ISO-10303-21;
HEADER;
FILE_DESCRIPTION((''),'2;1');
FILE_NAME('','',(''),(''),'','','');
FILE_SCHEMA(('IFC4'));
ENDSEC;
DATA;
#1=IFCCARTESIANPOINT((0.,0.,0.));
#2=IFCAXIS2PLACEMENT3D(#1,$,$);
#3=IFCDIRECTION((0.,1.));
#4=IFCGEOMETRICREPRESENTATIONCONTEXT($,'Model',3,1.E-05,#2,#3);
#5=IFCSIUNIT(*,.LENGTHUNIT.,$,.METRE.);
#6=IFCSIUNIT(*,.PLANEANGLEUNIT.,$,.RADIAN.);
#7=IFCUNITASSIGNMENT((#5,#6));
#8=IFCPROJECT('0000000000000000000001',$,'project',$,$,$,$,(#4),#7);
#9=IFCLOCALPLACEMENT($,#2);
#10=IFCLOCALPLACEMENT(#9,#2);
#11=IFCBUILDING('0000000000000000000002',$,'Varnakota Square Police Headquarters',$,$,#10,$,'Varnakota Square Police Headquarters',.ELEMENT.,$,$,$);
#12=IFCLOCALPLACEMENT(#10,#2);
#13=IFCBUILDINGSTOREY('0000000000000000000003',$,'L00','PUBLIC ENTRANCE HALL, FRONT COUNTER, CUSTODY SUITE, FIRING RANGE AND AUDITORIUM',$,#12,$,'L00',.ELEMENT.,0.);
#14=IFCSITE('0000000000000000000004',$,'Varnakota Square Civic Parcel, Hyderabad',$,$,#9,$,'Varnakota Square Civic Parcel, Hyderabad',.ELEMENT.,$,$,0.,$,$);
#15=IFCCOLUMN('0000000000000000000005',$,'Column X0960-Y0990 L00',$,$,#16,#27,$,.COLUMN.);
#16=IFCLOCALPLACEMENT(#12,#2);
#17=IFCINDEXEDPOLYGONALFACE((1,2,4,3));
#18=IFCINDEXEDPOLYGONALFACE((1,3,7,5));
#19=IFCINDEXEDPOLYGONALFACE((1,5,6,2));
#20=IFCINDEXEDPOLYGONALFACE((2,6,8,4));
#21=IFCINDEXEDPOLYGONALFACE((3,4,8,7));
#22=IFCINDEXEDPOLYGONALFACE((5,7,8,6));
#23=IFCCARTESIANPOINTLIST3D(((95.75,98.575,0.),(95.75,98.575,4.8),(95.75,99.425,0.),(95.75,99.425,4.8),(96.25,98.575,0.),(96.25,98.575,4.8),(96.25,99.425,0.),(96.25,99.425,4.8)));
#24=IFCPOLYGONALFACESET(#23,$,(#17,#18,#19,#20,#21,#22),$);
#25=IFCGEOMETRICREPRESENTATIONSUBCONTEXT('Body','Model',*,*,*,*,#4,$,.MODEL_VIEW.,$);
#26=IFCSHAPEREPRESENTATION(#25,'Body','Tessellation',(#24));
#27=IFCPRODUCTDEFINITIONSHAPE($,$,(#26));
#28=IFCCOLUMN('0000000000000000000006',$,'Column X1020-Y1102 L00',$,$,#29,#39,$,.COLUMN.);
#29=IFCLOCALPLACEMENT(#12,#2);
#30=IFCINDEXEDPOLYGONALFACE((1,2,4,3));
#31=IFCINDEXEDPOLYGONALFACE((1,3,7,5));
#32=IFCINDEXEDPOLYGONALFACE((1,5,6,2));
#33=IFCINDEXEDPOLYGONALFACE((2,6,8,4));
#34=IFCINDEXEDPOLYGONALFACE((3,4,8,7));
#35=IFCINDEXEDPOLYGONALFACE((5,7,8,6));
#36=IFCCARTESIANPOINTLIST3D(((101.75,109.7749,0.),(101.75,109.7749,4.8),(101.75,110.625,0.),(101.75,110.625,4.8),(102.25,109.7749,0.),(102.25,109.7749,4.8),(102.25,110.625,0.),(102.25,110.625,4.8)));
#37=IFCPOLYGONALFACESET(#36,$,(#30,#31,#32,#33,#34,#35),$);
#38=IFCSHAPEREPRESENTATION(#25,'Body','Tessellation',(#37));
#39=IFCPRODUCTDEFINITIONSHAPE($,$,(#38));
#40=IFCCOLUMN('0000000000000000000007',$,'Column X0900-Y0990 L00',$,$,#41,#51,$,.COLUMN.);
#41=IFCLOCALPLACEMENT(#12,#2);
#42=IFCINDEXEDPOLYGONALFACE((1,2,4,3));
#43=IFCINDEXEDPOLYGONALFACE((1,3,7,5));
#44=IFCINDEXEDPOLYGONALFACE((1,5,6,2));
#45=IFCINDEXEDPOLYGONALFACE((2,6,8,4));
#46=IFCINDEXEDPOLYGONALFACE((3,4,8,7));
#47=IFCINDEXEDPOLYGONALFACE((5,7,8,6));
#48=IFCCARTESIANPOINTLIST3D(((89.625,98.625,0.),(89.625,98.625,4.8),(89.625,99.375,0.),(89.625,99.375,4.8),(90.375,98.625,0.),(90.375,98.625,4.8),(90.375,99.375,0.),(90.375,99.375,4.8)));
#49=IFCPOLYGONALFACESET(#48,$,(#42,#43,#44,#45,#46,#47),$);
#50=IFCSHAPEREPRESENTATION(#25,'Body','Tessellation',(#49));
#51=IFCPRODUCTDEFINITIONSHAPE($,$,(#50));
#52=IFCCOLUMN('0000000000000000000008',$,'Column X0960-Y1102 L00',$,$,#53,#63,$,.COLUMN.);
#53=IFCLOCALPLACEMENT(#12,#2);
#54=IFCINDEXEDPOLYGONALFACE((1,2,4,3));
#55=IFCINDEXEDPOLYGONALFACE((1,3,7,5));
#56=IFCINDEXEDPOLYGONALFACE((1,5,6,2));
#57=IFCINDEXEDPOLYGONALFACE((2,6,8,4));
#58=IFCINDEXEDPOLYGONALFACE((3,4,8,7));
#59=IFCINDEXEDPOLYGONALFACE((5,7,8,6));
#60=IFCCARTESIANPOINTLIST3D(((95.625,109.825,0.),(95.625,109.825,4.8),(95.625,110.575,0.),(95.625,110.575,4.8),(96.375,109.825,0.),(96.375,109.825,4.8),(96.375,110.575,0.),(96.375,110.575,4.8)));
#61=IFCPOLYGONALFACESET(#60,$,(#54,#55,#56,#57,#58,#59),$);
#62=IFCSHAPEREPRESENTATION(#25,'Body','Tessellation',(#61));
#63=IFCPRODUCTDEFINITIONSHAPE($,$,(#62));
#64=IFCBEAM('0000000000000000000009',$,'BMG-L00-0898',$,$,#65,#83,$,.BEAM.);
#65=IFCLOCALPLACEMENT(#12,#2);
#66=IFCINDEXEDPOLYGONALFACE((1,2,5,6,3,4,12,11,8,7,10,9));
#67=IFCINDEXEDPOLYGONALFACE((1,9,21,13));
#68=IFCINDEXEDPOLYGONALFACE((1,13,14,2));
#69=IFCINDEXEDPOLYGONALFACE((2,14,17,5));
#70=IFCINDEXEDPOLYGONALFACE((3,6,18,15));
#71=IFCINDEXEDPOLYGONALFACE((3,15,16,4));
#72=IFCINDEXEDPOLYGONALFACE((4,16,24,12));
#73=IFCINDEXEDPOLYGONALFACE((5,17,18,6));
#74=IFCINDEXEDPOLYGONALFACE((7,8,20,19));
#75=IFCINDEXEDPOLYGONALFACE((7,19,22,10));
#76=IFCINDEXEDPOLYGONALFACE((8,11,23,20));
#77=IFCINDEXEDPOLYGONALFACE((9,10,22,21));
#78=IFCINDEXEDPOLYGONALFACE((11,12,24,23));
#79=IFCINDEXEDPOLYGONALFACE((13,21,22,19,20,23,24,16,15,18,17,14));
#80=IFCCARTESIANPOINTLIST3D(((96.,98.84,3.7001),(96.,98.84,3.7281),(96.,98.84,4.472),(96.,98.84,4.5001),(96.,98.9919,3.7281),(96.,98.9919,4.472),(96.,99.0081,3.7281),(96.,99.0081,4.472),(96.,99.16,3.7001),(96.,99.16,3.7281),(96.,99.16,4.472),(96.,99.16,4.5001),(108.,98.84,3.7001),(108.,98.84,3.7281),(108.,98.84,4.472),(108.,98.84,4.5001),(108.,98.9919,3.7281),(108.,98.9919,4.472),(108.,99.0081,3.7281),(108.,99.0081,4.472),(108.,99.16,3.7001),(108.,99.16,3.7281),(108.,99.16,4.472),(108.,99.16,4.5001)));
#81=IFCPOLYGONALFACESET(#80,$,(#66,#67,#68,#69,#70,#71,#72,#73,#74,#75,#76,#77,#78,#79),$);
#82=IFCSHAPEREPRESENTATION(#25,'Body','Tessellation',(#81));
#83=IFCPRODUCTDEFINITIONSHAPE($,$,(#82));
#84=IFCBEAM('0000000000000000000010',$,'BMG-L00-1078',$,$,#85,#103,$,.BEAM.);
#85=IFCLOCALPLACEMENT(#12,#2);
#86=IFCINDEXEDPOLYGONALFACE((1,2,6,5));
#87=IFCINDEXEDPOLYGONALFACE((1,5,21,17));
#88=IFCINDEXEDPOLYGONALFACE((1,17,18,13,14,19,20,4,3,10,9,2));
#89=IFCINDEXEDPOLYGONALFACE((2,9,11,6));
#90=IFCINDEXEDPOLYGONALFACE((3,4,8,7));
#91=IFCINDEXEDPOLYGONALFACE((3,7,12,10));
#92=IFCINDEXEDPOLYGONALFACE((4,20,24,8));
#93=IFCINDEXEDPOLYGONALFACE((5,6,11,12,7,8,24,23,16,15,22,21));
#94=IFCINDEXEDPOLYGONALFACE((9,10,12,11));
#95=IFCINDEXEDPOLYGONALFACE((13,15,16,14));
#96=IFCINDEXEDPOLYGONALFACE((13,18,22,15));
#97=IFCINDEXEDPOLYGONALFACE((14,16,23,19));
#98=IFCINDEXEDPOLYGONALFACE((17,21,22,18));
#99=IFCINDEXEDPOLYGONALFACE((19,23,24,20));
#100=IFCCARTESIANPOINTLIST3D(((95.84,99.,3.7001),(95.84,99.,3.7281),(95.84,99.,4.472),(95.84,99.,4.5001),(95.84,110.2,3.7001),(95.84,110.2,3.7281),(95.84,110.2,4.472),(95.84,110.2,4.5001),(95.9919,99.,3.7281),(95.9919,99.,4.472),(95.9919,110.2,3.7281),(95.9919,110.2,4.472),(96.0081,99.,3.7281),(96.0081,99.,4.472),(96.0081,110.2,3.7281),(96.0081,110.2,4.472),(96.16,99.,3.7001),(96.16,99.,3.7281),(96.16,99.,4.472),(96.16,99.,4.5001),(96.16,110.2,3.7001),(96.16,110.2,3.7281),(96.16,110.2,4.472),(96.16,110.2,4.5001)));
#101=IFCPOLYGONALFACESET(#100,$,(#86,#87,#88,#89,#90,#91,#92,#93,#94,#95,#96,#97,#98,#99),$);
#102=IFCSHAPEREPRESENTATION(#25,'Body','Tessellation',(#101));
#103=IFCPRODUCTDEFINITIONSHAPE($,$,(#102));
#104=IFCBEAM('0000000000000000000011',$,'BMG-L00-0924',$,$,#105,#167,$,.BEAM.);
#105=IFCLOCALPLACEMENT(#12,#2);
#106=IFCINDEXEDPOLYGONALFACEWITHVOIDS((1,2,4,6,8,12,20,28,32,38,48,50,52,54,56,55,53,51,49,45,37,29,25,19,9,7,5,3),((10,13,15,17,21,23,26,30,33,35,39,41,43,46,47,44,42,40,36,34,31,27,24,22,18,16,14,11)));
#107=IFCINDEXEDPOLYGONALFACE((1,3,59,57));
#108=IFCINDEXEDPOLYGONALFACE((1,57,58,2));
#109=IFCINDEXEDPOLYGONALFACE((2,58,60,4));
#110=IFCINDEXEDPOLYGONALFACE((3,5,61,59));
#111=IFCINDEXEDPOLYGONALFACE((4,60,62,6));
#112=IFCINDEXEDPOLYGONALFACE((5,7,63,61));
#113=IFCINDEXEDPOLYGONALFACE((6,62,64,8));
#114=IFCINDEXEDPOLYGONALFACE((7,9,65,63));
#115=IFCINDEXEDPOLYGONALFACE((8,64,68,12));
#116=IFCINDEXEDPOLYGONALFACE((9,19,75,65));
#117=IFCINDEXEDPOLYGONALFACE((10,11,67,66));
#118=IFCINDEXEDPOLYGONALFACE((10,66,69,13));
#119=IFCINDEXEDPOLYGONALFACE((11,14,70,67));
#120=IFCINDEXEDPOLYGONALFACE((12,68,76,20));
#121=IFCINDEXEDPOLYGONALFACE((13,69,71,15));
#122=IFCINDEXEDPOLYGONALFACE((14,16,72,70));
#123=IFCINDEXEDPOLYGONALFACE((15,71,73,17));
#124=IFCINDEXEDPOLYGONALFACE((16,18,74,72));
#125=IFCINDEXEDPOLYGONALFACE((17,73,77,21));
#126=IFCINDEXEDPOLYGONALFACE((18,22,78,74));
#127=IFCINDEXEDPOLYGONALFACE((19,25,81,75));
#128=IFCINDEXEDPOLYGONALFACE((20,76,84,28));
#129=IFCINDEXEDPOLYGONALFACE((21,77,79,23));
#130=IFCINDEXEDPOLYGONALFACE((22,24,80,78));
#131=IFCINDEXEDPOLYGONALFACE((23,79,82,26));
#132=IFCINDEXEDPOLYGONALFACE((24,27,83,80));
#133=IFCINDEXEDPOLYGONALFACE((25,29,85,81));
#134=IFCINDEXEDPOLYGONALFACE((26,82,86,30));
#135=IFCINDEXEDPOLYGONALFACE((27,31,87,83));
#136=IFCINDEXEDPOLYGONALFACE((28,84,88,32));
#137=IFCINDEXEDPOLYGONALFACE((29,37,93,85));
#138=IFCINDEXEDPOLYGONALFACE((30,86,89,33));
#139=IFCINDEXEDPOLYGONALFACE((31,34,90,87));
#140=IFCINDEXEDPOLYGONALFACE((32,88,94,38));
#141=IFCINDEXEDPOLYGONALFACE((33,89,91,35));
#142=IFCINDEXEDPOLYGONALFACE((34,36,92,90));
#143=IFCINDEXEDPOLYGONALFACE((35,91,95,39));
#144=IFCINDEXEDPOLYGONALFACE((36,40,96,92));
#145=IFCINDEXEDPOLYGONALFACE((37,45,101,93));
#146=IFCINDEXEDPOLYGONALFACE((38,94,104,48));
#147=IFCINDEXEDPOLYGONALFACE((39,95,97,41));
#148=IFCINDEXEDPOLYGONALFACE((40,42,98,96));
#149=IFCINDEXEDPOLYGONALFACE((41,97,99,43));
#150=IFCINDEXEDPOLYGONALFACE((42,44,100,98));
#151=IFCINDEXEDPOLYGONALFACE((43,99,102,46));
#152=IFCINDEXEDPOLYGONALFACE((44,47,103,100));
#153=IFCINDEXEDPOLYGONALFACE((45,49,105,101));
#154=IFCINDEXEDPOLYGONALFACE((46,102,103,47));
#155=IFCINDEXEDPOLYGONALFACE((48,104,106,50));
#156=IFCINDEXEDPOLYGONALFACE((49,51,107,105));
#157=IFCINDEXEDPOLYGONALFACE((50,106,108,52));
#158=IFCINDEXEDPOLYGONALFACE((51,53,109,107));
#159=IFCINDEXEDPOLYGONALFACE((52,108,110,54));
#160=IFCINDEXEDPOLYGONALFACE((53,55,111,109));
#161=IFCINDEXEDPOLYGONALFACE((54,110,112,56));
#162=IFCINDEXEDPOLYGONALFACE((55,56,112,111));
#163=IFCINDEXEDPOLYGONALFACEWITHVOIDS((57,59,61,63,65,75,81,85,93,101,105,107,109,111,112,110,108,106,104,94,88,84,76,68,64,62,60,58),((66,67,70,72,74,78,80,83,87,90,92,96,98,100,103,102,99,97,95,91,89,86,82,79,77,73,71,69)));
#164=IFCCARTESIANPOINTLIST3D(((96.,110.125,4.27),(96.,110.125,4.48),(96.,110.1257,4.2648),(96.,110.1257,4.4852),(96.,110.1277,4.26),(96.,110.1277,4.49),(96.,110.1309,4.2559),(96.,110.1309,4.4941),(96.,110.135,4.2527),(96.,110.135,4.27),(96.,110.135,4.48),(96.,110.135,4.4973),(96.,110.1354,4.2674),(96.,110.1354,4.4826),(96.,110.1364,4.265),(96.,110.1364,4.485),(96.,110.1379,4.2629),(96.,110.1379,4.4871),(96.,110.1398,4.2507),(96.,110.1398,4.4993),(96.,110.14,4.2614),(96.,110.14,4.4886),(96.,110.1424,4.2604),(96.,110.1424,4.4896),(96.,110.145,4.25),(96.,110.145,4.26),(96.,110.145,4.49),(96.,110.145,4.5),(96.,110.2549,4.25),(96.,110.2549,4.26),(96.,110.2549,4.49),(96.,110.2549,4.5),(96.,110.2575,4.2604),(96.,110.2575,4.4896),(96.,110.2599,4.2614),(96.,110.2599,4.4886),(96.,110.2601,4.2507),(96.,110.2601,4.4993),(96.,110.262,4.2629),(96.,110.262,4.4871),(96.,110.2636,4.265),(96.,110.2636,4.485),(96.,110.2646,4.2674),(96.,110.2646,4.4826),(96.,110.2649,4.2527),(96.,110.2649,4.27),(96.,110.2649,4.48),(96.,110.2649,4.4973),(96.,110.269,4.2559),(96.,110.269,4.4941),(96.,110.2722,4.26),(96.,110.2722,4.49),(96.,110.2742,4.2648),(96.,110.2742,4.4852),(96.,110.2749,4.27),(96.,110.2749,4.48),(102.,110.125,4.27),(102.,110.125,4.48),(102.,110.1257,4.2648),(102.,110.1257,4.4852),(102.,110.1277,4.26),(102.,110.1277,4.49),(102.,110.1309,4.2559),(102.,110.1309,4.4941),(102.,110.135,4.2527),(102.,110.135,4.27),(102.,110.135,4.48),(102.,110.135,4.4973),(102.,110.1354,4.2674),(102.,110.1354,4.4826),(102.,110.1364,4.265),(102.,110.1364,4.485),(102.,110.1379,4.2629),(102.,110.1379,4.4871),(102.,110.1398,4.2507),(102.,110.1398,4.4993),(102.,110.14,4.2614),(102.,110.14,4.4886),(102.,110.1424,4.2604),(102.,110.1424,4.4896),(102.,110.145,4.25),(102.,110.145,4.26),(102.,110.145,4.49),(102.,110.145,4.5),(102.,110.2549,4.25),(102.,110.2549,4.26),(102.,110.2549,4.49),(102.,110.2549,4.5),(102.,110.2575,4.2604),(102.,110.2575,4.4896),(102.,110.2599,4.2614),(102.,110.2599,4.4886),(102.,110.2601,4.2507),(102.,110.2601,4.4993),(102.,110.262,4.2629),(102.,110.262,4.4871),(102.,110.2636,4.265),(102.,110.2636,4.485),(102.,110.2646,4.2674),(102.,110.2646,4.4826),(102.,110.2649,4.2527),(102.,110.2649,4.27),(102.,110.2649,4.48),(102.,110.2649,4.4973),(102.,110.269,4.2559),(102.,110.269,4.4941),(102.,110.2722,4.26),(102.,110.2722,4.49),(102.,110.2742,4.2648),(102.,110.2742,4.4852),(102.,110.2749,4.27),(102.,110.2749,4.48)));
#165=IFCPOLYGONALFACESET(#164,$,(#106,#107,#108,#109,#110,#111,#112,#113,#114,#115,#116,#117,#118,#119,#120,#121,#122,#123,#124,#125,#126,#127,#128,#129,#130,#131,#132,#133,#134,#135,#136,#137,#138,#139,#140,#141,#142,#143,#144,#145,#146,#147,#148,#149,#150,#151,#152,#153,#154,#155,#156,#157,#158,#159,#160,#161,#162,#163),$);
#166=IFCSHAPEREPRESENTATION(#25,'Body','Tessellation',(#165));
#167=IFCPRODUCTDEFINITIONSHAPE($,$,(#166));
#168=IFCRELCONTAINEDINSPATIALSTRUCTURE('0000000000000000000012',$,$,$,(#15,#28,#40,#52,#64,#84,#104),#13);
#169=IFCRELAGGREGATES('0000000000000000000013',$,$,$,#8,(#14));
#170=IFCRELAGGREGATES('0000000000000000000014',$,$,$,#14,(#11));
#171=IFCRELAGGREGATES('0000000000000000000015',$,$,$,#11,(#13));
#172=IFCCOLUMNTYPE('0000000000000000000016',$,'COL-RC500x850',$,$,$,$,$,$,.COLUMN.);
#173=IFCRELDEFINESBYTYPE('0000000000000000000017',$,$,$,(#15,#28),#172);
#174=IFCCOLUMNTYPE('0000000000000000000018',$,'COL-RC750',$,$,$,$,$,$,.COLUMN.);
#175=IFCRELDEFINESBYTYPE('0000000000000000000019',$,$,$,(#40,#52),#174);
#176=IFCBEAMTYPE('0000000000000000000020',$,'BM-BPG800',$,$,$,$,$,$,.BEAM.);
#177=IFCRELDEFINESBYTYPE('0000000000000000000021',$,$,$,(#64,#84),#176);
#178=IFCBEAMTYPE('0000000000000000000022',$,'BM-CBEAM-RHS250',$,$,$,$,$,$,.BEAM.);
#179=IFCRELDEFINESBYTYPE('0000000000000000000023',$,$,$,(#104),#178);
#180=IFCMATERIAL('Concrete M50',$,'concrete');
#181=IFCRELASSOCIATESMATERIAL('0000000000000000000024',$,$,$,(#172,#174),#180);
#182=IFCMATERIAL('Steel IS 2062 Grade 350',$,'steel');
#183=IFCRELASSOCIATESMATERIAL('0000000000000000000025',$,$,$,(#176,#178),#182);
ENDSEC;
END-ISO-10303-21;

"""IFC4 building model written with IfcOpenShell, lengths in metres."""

from ifc_helpers import new_model, si_unit, direction, frame, origin, origin_2d, place, context, subcontext, project, spatial, rectangle, hollow_rectangle, i_section, extrude, material, material_profile, profile_set, type_object, element, save


model = new_model("IFC4")

# Units and contexts
model_context = context("Model", 3, precision=1e-05, world=origin(), true_north=direction((0.0, 1.0)))
body_context = subcontext(model_context, "Body", "Model", "MODEL_VIEW")
ifc_project = project(units=[si_unit("LENGTHUNIT", "METRE"), si_unit("PLANEANGLEUNIT", "RADIAN")], contexts=[model_context])

# Site, building, storey
site_placement = place(None, origin())
site = spatial("IfcSite", under=ifc_project, at=site_placement, Name="Varnakota Square Civic Parcel, Hyderabad", LongName="Varnakota Square Civic Parcel, Hyderabad", CompositionType="ELEMENT", RefElevation=0.0)
building_placement = place(site_placement, origin())
building = spatial("IfcBuilding", under=site, at=building_placement, Name="Varnakota Square Police Headquarters", LongName="Varnakota Square Police Headquarters", CompositionType="ELEMENT")
storey_placement = place(building_placement, origin())
storey = spatial("IfcBuildingStorey", under=building, at=storey_placement, Name="L00", Description="PUBLIC ENTRANCE HALL, FRONT COUNTER, CUSTODY SUITE, FIRING RANGE AND AUDITORIUM", LongName="L00", CompositionType="ELEMENT", Elevation=0.0)

# Columns
ifc_material_1 = material(Name="Concrete M50", Category="concrete")
ifc_material_profile_1 = material_profile(ifc_material_1, rectangle(XDim=0.5, YDim=0.8501, at=origin_2d()), Name="RC 500x850")
ifc_profile_set_1 = profile_set([ifc_material_profile_1], Name="Concrete M50")
column_type_1 = type_object("IfcColumnType", Name="COL-RC500x850", PredefinedType="COLUMN", material=ifc_profile_set_1)
for number, where, z_axis, x_axis, name in (
    (1, (96.0, 99.0, 0.0), (0.0, 0.0, 1.0), (1.0, 0.0, 0.0), "Column X0960-Y0990 L00"),
    (2, (102.0, 110.2, 0.0), (0.0, 0.0, 1.0), (1.0, 0.0, 0.0), "Column X1020-Y1102 L00"),
):
    element("IfcColumn", number, at=place(storey_placement, frame(where, z_axis=z_axis, x_axis=x_axis)), inside=storey, type_object=column_type_1, Name=name, PredefinedType="COLUMN", context=body_context, shape_type="SweptSolid", body=[
        extrude(rectangle(XDim=0.5, YDim=0.8501, at=origin_2d()), origin(), (0.0, 0.0, 1.0), 4.8),
    ])
ifc_material_profile_2 = material_profile(ifc_material_1, rectangle(XDim=0.75, YDim=0.75, at=origin_2d()), Name="RC 750x750")
ifc_profile_set_2 = profile_set([ifc_material_profile_2], Name="Concrete M50")
column_type_2 = type_object("IfcColumnType", Name="COL-RC750", PredefinedType="COLUMN", material=ifc_profile_set_2)
for number, where, z_axis, x_axis, name in (
    (3, (90.0, 99.0, 0.0), (0.0, 0.0, 1.0), (1.0, 0.0, 0.0), "Column X0900-Y0990 L00"),
    (4, (96.0, 110.2, 0.0), (0.0, 0.0, 1.0), (1.0, 0.0, 0.0), "Column X0960-Y1102 L00"),
):
    element("IfcColumn", number, at=place(storey_placement, frame(where, z_axis=z_axis, x_axis=x_axis)), inside=storey, type_object=column_type_2, Name=name, PredefinedType="COLUMN", context=body_context, shape_type="SweptSolid", body=[
        extrude(rectangle(XDim=0.75, YDim=0.75, at=origin_2d()), origin(), (0.0, 0.0, 1.0), 4.8),
    ])

# Beams
ifc_material_2 = material(Name="Steel IS 2062 Grade 350", Category="steel")
ifc_material_profile_3 = material_profile(ifc_material_2, i_section(OverallWidth=0.3201, OverallDepth=0.8, WebThickness=0.0161, FlangeThickness=0.0281, at=origin_2d()), Name="BPG 800x320")
ifc_profile_set_3 = profile_set([ifc_material_profile_3], Name="Steel IS 2062 Grade 350")
beam_type_1 = type_object("IfcBeamType", Name="BM-BPG800", PredefinedType="BEAM", material=ifc_profile_set_3)
beam_1_placement = place(storey_placement, frame((96.0, 99.0, 4.1001), z_axis=(1.0, 0.0, 0.0), x_axis=(0.0, 1.0, 0.0)))
element("IfcBeam", 5, at=beam_1_placement, inside=storey, type_object=beam_type_1, Name="BMG-L00-0898", PredefinedType="BEAM", context=body_context, shape_type="SweptSolid", body=[
    extrude(i_section(OverallWidth=0.3201, OverallDepth=0.8, WebThickness=0.0161, FlangeThickness=0.0281, at=origin_2d()), origin(), (0.0, 0.0, 1.0), 12.0),
])
beam_2_placement = place(storey_placement, frame((96.0, 99.0, 4.1001), z_axis=(0.0, 1.0, 0.0), x_axis=(-1.0, 0.0, 0.0)))
element("IfcBeam", 6, at=beam_2_placement, inside=storey, type_object=beam_type_1, Name="BMG-L00-1078", PredefinedType="BEAM", context=body_context, shape_type="SweptSolid", body=[
    extrude(i_section(OverallWidth=0.3201, OverallDepth=0.8, WebThickness=0.0161, FlangeThickness=0.0281, at=origin_2d()), origin(), (0.0, 0.0, 1.0), 11.2),
])
ifc_material_profile_4 = material_profile(ifc_material_2, hollow_rectangle(XDim=0.1499, YDim=0.25, WallThickness=0.01, InnerFilletRadius=0.01, OuterFilletRadius=0.02, at=origin_2d()), Name="RHS 250x150x10")
ifc_profile_set_4 = profile_set([ifc_material_profile_4], Name="Steel IS 2062 Grade 350")
beam_type_2 = type_object("IfcBeamType", Name="BM-CBEAM-RHS250", PredefinedType="BEAM", material=ifc_profile_set_4)
beam_3_placement = place(storey_placement, frame((96.0, 110.2, 4.375), z_axis=(1.0, 0.0, 0.0), x_axis=(0.0, 1.0, 0.0)))
element("IfcBeam", 7, at=beam_3_placement, inside=storey, type_object=beam_type_2, Name="BMG-L00-0924", PredefinedType="BEAM", context=body_context, shape_type="SweptSolid", body=[
    extrude(hollow_rectangle(XDim=0.1499, YDim=0.25, WallThickness=0.01, InnerFilletRadius=0.01, OuterFilletRadius=0.02, at=origin_2d()), origin(), (0.0, 0.0, 1.0), 6.0),
])

save(model, "model.ifc")
